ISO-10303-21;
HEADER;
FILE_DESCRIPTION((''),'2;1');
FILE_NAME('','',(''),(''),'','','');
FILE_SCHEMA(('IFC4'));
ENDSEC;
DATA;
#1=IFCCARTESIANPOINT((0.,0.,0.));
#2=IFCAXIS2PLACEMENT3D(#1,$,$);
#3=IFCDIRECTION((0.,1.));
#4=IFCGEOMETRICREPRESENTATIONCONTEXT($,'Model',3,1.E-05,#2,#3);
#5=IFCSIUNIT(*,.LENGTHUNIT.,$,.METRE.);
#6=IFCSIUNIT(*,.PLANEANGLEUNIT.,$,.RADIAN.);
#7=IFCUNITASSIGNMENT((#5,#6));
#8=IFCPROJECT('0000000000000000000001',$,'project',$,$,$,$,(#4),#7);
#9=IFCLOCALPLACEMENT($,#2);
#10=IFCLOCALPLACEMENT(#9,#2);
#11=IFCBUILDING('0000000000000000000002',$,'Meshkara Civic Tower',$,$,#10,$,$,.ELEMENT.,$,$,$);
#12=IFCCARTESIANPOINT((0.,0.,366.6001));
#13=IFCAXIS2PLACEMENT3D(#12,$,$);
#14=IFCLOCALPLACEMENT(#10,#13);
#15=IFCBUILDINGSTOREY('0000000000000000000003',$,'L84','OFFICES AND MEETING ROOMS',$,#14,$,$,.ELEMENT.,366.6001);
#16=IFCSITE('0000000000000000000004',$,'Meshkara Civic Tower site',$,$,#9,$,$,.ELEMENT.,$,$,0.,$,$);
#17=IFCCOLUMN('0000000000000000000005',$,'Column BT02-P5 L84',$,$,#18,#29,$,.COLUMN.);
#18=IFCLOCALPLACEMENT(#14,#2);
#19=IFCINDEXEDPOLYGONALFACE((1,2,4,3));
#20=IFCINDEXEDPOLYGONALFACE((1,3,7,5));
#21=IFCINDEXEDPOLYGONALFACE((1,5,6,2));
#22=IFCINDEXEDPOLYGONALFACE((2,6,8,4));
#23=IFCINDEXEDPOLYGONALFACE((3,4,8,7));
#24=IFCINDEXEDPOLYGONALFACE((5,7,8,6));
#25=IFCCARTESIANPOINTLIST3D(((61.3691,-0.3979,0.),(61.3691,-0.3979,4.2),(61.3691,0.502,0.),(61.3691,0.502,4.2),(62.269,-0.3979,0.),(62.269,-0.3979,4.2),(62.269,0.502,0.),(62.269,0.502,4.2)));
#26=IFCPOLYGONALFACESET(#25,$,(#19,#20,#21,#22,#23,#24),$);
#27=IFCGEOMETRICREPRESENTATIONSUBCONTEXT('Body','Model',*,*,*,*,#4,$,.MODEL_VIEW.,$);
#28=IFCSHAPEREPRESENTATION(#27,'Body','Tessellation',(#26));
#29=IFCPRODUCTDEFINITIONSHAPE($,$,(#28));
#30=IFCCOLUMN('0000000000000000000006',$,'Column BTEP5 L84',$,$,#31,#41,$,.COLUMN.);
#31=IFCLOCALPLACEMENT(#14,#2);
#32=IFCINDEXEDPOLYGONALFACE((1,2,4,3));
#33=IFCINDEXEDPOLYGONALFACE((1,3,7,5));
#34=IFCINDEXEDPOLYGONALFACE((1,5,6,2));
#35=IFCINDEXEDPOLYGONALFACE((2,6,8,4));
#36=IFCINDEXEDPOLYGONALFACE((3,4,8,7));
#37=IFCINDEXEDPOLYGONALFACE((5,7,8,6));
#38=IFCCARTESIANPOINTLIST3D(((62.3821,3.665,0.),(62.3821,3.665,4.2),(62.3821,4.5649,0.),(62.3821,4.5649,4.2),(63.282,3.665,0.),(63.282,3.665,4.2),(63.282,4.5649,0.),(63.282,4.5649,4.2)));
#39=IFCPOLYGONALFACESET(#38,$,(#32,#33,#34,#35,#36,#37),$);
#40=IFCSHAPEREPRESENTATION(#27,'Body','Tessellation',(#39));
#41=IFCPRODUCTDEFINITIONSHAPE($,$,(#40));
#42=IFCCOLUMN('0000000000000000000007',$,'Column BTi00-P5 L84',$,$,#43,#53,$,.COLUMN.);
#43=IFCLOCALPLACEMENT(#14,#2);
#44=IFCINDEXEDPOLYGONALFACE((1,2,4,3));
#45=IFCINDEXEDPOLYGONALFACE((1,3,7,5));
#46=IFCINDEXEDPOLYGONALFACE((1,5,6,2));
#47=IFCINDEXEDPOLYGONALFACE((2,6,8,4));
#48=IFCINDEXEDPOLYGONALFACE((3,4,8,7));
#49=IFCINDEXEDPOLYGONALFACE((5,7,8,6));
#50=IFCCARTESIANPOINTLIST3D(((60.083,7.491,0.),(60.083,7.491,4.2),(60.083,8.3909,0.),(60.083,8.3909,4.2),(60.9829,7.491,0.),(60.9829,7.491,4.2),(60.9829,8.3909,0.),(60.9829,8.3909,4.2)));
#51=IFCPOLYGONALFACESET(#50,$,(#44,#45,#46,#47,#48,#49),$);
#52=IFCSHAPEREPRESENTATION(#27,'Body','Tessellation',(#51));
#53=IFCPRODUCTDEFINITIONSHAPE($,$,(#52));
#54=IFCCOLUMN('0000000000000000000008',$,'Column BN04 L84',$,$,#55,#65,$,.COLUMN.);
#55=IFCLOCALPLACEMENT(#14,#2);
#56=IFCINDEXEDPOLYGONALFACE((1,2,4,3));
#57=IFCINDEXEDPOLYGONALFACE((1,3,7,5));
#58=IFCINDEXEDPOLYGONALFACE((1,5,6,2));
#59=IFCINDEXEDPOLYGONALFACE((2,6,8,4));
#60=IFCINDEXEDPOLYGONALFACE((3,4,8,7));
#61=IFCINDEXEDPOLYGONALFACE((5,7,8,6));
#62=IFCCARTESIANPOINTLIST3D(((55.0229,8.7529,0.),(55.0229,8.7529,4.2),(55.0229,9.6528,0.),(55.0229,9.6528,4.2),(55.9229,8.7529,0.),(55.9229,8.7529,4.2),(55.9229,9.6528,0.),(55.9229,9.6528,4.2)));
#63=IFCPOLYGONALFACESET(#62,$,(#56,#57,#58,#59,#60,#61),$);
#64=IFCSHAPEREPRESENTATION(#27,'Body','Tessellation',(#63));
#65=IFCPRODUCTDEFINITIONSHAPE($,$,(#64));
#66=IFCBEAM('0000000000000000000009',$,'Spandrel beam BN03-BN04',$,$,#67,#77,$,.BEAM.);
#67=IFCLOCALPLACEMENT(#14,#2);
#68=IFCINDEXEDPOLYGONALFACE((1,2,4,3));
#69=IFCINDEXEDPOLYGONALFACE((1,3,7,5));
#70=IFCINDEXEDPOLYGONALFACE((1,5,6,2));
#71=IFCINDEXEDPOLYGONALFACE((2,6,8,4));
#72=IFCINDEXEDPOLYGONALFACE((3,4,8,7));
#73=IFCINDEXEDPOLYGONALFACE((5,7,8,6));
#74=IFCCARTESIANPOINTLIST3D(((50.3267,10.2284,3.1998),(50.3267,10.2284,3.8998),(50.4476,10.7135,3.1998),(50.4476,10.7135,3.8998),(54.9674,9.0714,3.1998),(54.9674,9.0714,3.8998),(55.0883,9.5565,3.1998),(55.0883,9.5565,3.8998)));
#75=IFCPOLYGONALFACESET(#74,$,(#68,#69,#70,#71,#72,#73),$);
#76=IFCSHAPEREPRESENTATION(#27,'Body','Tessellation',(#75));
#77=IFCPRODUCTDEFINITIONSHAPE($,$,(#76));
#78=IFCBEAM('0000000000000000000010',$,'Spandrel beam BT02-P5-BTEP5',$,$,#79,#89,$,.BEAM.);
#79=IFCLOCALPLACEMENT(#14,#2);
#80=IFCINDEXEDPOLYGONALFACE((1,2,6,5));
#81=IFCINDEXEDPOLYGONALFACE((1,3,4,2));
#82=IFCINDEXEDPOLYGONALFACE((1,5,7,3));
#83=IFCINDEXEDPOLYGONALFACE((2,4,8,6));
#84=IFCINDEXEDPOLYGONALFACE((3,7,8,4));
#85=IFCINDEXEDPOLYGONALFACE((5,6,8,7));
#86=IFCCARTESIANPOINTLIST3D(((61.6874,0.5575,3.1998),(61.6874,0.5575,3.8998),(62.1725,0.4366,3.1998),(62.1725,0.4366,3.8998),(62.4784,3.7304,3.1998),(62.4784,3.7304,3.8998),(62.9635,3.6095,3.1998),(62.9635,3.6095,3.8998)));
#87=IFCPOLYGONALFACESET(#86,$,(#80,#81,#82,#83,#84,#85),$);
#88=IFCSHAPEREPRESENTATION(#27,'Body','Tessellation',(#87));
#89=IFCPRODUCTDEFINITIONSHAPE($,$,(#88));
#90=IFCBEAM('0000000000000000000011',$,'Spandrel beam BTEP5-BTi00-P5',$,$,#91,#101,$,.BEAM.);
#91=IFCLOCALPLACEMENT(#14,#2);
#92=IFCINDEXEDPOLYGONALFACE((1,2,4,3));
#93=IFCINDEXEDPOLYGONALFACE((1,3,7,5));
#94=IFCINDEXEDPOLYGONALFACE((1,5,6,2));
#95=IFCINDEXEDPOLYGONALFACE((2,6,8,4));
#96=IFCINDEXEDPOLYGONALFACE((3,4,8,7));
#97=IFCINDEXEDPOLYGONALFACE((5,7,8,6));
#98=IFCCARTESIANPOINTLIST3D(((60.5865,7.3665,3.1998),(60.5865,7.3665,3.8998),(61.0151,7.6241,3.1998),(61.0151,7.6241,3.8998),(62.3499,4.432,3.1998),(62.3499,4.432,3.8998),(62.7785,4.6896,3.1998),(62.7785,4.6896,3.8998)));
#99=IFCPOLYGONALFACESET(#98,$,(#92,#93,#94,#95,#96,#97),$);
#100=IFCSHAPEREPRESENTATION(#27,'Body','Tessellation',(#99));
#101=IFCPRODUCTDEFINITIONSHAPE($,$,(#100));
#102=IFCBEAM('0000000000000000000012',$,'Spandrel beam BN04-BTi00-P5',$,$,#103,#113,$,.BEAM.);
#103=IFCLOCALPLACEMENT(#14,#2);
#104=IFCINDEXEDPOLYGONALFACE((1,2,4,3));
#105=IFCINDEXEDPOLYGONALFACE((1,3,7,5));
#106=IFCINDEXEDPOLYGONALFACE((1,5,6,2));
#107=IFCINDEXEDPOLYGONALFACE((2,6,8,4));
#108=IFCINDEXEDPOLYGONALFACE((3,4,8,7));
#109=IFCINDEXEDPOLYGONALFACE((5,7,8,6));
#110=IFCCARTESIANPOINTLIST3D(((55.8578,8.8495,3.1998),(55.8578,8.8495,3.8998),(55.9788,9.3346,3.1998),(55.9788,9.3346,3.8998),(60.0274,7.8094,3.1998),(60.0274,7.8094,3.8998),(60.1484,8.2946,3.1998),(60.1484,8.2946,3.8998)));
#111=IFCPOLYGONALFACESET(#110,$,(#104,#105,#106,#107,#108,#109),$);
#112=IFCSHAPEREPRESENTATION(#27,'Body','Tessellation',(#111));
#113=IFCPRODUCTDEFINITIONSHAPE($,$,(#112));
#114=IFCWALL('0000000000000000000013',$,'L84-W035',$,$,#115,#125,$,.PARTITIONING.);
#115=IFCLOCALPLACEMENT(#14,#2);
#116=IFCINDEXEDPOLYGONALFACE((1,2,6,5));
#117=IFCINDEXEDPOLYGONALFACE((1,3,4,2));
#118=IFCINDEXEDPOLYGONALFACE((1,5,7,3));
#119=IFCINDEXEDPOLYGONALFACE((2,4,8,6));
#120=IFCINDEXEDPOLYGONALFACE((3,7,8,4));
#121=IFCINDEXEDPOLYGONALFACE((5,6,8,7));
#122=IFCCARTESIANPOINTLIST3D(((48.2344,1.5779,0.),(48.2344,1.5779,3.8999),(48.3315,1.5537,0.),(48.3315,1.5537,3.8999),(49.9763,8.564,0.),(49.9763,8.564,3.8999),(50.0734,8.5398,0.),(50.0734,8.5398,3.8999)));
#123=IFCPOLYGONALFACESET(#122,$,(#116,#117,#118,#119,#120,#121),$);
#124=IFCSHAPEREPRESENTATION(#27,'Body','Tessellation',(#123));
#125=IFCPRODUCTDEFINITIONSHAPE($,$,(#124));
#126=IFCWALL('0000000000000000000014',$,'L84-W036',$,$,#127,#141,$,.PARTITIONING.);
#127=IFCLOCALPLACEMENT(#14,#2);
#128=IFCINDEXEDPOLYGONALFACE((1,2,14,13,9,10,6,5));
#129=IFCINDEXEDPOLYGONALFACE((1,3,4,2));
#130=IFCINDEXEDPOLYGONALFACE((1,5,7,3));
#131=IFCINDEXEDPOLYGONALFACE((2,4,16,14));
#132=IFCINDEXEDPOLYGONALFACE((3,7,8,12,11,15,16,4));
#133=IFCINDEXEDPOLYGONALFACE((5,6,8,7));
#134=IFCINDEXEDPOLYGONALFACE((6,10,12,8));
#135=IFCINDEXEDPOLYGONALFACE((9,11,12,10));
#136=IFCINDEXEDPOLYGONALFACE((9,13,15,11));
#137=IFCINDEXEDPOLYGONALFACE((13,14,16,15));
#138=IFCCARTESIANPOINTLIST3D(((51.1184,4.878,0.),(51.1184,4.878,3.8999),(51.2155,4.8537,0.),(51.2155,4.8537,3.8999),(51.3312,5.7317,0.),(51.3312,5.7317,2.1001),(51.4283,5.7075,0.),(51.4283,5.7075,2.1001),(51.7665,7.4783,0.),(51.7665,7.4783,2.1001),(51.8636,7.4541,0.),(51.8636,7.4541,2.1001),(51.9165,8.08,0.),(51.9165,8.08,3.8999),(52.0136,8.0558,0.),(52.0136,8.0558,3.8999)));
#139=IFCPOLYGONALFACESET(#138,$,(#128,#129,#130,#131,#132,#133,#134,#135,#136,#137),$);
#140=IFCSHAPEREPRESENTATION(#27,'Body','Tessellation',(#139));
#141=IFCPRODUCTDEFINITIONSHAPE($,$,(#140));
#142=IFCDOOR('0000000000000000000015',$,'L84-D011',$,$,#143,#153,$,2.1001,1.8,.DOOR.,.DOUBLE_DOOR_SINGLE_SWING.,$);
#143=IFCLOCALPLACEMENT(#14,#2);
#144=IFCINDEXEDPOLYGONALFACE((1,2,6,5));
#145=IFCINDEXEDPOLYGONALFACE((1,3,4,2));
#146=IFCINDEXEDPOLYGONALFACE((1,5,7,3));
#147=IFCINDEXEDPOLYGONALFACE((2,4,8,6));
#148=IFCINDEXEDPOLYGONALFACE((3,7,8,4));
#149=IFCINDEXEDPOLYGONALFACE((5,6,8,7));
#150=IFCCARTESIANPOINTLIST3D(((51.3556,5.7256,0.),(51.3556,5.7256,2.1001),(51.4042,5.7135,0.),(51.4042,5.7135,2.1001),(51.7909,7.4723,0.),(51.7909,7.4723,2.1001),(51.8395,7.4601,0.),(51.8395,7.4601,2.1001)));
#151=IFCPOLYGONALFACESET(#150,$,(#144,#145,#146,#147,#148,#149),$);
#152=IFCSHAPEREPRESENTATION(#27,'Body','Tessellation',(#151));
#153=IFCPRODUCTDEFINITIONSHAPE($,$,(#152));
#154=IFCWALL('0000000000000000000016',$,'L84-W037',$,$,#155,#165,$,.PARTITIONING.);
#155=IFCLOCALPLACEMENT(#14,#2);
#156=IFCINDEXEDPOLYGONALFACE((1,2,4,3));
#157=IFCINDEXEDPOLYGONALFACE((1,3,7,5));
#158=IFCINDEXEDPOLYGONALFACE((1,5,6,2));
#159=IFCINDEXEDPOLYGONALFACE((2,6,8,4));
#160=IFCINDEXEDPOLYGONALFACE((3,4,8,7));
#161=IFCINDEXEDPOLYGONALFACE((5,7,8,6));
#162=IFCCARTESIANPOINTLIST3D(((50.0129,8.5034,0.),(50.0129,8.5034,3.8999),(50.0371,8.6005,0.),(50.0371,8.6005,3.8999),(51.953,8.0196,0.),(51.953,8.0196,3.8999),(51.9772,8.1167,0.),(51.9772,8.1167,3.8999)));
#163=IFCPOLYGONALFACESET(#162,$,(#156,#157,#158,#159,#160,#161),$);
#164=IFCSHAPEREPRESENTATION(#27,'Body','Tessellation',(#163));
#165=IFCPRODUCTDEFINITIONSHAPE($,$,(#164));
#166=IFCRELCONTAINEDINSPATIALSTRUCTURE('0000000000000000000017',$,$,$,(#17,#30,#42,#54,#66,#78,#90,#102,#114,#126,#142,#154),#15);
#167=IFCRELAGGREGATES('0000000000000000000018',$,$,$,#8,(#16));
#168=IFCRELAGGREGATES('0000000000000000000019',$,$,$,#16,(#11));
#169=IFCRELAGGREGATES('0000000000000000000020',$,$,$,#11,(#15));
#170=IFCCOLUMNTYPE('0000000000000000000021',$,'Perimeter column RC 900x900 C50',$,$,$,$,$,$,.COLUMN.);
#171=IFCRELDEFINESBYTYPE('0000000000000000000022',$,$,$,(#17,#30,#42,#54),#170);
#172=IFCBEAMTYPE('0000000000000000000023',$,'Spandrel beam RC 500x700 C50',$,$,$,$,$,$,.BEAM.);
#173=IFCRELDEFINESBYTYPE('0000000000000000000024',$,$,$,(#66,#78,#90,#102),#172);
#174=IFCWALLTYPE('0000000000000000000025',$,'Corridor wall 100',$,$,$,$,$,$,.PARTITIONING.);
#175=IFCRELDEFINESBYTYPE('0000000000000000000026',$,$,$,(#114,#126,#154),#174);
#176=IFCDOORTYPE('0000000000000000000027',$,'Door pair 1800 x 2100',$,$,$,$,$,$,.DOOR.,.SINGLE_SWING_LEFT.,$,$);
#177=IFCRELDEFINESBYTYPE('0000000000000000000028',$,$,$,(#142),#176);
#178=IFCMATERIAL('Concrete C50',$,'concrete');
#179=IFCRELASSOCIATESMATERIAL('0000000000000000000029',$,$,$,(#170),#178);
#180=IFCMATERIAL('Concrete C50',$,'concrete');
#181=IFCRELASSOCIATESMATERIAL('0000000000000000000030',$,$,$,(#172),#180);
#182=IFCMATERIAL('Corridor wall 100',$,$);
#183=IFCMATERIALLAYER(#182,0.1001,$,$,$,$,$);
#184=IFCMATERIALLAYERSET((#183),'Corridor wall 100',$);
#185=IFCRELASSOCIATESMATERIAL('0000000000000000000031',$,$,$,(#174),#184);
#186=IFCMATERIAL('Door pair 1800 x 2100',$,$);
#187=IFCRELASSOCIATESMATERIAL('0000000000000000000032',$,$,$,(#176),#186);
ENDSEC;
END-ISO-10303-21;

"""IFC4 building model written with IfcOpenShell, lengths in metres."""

from ifc_helpers import new_model, si_unit, direction, frame, frame_2d, origin, origin_2d, place, context, subcontext, project, spatial, rectangle, extrude, material, layer, layer_set, material_profile, profile_set, type_object, element, fill, save


model = new_model("IFC4")

# Units and contexts
model_context = context("Model", 3, precision=1e-05, world=origin(), true_north=direction((0.0, 1.0)))
body_context = subcontext(model_context, "Body", "Model", "MODEL_VIEW")
ifc_project = project(units=[si_unit("LENGTHUNIT", "METRE"), si_unit("PLANEANGLEUNIT", "RADIAN")], contexts=[model_context])

# Site, building, storey
site_placement = place(None, origin())
site = spatial("IfcSite", under=ifc_project, at=site_placement, Name="Meshkara Civic Tower site", CompositionType="ELEMENT", RefElevation=0.0)
building_placement = place(site_placement, origin())
building = spatial("IfcBuilding", under=site, at=building_placement, Name="Meshkara Civic Tower", CompositionType="ELEMENT")
storey_placement = place(building_placement, frame((0.0, 0.0, 366.6001)))
storey = spatial("IfcBuildingStorey", under=building, at=storey_placement, Name="L84", Description="OFFICES AND MEETING ROOMS", CompositionType="ELEMENT", Elevation=366.6001)

# Columns
ifc_material_1 = material(Name="Concrete C50", Category="concrete")
ifc_material_profile_1 = material_profile(ifc_material_1, rectangle(XDim=0.8999, YDim=0.8999, at=origin_2d()))
ifc_profile_set_1 = profile_set([ifc_material_profile_1], Name="Concrete C50")
column_type = type_object("IfcColumnType", Name="Perimeter column RC 900x900 C50", PredefinedType="COLUMN", material=ifc_profile_set_1)
for number, where, z_axis, x_axis, name in (
    (1, (61.8191, 0.052, 0.0), (0.0, 0.0, 1.0), (1.0, 0.0, 0.0), "Column BT02-P5 L84"),
    (2, (62.832, 4.115, 0.0), (0.0, 0.0, 1.0), (1.0, 0.0, 0.0), "Column BTEP5 L84"),
    (3, (60.533, 7.9409, 0.0), (0.0, 0.0, 1.0), (1.0, 0.0, 0.0), "Column BTi00-P5 L84"),
    (4, (55.4729, 9.2029, 0.0), (0.0, 0.0, 1.0), (1.0, 0.0, 0.0), "Column BN04 L84"),
):
    element("IfcColumn", number, at=place(storey_placement, frame(where, z_axis=z_axis, x_axis=x_axis)), inside=storey, type_object=column_type, Name=name, PredefinedType="COLUMN", context=body_context, shape_type="SweptSolid", body=[
        extrude(rectangle(XDim=0.8999, YDim=0.8999, at=origin_2d()), origin(), (0.0, 0.0, 1.0), 4.2),
    ])

# Beams
ifc_material_2 = material(Name="Concrete C50", Category="concrete")
ifc_material_profile_2 = material_profile(ifc_material_2, rectangle(XDim=0.5, YDim=0.7, at=origin_2d()))
ifc_profile_set_2 = profile_set([ifc_material_profile_2], Name="Concrete C50")
beam_type = type_object("IfcBeamType", Name="Spandrel beam RC 500x700 C50", PredefinedType="BEAM", material=ifc_profile_set_2)
beam_1_placement = place(storey_placement, frame((55.0278, 9.314, 3.5498), z_axis=(-0.970298, 0.241911, 0.0), x_axis=(-0.241911, -0.970298, 0.0)))
element("IfcBeam", 5, at=beam_1_placement, inside=storey, type_object=beam_type, Name="Spandrel beam BN03-BN04", PredefinedType="BEAM", context=body_context, shape_type="SweptSolid", body=[
    extrude(rectangle(XDim=0.5, YDim=0.7, at=origin_2d()), origin(), (0.0, 0.0, 1.0), 4.7827),
])
beam_2_placement = place(storey_placement, frame((61.9299, 0.4971, 3.5498), z_axis=(0.241903, 0.9703, 0.0), x_axis=(-0.9703, 0.241903, 0.0)))
element("IfcBeam", 6, at=beam_2_placement, inside=storey, type_object=beam_type, Name="Spandrel beam BT02-P5-BTEP5", PredefinedType="BEAM", context=body_context, shape_type="SweptSolid", body=[
    extrude(rectangle(XDim=0.5, YDim=0.7, at=origin_2d()), origin(), (0.0, 0.0, 1.0), 3.27),
])
beam_3_placement = place(storey_placement, frame((62.5642, 4.5608, 3.5498), z_axis=(-0.515072, 0.857147, 0.0), x_axis=(-0.857147, -0.515072, 0.0)))
element("IfcBeam", 7, at=beam_3_placement, inside=storey, type_object=beam_type, Name="Spandrel beam BTEP5-BTi00-P5", PredefinedType="BEAM", context=body_context, shape_type="SweptSolid", body=[
    extrude(rectangle(XDim=0.5, YDim=0.7, at=origin_2d()), origin(), (0.0, 0.0, 1.0), 3.4236),
])
beam_4_placement = place(storey_placement, frame((60.0879, 8.052, 3.5498), z_axis=(-0.970273, 0.242014, 0.0), x_axis=(-0.242014, -0.970273, 0.0)))
element("IfcBeam", 8, at=beam_4_placement, inside=storey, type_object=beam_type, Name="Spandrel beam BN04-BTi00-P5", PredefinedType="BEAM", context=body_context, shape_type="SweptSolid", body=[
    extrude(rectangle(XDim=0.5, YDim=0.7, at=origin_2d()), origin(), (0.0, 0.0, 1.0), 4.2974),
])

# Wall
ifc_material_3 = material(Name="Corridor wall 100")
ifc_layer_1 = layer(ifc_material_3, 0.1001)
ifc_layer_set_1 = layer_set([ifc_layer_1], Name="Corridor wall 100")
wall_type_1 = type_object("IfcWallType", Name="Corridor wall 100", PredefinedType="PARTITIONING", material=ifc_layer_set_1)
wall_1_placement = place(storey_placement, frame((50.0249, 8.552, 0.0), z_axis=(0.0, 0.0, 1.0), x_axis=(-0.241937, -0.970292, 0.0)))
element("IfcWall", 9, at=wall_1_placement, inside=storey, type_object=wall_type_1, Name="L84-W035", PredefinedType="PARTITIONING", context=body_context, shape_type="SweptSolid", body=[
    extrude(rectangle(XDim=7.2, YDim=0.1001, at=frame_2d((3.6001, 0.0))), origin(), (0.0, 0.0, 1.0), 3.8999),
])

# Wall, opening, door
wall_2_placement = place(storey_placement, frame((51.167, 4.866, 0.0), z_axis=(0.0, 0.0, 1.0), x_axis=(0.241839, 0.970316, 0.0)))
wall_2 = element("IfcWall", 10, at=wall_2_placement, inside=storey, type_object=wall_type_1, Name="L84-W036", PredefinedType="PARTITIONING", context=body_context, shape_type="SweptSolid", body=[
    extrude(rectangle(XDim=3.3, YDim=0.1001, at=frame_2d((1.6499, 0.0))), origin(), (0.0, 0.0, 1.0), 3.8999),
])
opening_1_placement = place(wall_2_placement, frame((0.8799, 0.0, 0.0)))
opening_1 = element("IfcOpeningElement", 11, at=opening_1_placement, cuts=wall_2, PredefinedType="OPENING", context=body_context, shape_type="SweptSolid", body=[
    extrude(rectangle(XDim=1.8, YDim=2.1001, at=frame_2d((0.8999, 1.05))), frame((0.0, 0.0601, 0.0), z_axis=(0.0, -1.0, 0.0), x_axis=(1.0, 0.0, 0.0)), (0.0, 0.0, 1.0), 0.1201),
])
ifc_material_4 = material(Name="Door pair 1800 x 2100")
door_type = type_object("IfcDoorType", Name="Door pair 1800 x 2100", OperationType="SINGLE_SWING_LEFT", PredefinedType="DOOR", material=ifc_material_4)
door_placement = place(opening_1_placement, origin())
door = element("IfcDoor", 12, at=door_placement, inside=storey, type_object=door_type, Name="L84-D011", OperationType="DOUBLE_DOOR_SINGLE_SWING", OverallHeight=2.1001, OverallWidth=1.8, PredefinedType="DOOR", context=body_context, shape_type="SweptSolid", body=[
    extrude(rectangle(XDim=1.8, YDim=2.1001, at=frame_2d((0.8999, 1.05))), frame((0.0, 0.0249, 0.0), z_axis=(0.0, -1.0, 0.0), x_axis=(1.0, 0.0, 0.0)), (0.0, 0.0, 1.0), 0.05),
])
fill(opening_1, door)

# Wall
wall_3_placement = place(storey_placement, frame((51.9651, 8.0681, 0.0), z_axis=(0.0, 0.0, 1.0), x_axis=(-0.970279, 0.24199, 0.0)))
element("IfcWall", 13, at=wall_3_placement, inside=storey, type_object=wall_type_1, Name="L84-W037", PredefinedType="PARTITIONING", context=body_context, shape_type="SweptSolid", body=[
    extrude(rectangle(XDim=1.9995, YDim=0.1001, at=frame_2d((0.9998, 0.0))), origin(), (0.0, 0.0, 1.0), 3.8999),
])

save(model, "model.ifc")
